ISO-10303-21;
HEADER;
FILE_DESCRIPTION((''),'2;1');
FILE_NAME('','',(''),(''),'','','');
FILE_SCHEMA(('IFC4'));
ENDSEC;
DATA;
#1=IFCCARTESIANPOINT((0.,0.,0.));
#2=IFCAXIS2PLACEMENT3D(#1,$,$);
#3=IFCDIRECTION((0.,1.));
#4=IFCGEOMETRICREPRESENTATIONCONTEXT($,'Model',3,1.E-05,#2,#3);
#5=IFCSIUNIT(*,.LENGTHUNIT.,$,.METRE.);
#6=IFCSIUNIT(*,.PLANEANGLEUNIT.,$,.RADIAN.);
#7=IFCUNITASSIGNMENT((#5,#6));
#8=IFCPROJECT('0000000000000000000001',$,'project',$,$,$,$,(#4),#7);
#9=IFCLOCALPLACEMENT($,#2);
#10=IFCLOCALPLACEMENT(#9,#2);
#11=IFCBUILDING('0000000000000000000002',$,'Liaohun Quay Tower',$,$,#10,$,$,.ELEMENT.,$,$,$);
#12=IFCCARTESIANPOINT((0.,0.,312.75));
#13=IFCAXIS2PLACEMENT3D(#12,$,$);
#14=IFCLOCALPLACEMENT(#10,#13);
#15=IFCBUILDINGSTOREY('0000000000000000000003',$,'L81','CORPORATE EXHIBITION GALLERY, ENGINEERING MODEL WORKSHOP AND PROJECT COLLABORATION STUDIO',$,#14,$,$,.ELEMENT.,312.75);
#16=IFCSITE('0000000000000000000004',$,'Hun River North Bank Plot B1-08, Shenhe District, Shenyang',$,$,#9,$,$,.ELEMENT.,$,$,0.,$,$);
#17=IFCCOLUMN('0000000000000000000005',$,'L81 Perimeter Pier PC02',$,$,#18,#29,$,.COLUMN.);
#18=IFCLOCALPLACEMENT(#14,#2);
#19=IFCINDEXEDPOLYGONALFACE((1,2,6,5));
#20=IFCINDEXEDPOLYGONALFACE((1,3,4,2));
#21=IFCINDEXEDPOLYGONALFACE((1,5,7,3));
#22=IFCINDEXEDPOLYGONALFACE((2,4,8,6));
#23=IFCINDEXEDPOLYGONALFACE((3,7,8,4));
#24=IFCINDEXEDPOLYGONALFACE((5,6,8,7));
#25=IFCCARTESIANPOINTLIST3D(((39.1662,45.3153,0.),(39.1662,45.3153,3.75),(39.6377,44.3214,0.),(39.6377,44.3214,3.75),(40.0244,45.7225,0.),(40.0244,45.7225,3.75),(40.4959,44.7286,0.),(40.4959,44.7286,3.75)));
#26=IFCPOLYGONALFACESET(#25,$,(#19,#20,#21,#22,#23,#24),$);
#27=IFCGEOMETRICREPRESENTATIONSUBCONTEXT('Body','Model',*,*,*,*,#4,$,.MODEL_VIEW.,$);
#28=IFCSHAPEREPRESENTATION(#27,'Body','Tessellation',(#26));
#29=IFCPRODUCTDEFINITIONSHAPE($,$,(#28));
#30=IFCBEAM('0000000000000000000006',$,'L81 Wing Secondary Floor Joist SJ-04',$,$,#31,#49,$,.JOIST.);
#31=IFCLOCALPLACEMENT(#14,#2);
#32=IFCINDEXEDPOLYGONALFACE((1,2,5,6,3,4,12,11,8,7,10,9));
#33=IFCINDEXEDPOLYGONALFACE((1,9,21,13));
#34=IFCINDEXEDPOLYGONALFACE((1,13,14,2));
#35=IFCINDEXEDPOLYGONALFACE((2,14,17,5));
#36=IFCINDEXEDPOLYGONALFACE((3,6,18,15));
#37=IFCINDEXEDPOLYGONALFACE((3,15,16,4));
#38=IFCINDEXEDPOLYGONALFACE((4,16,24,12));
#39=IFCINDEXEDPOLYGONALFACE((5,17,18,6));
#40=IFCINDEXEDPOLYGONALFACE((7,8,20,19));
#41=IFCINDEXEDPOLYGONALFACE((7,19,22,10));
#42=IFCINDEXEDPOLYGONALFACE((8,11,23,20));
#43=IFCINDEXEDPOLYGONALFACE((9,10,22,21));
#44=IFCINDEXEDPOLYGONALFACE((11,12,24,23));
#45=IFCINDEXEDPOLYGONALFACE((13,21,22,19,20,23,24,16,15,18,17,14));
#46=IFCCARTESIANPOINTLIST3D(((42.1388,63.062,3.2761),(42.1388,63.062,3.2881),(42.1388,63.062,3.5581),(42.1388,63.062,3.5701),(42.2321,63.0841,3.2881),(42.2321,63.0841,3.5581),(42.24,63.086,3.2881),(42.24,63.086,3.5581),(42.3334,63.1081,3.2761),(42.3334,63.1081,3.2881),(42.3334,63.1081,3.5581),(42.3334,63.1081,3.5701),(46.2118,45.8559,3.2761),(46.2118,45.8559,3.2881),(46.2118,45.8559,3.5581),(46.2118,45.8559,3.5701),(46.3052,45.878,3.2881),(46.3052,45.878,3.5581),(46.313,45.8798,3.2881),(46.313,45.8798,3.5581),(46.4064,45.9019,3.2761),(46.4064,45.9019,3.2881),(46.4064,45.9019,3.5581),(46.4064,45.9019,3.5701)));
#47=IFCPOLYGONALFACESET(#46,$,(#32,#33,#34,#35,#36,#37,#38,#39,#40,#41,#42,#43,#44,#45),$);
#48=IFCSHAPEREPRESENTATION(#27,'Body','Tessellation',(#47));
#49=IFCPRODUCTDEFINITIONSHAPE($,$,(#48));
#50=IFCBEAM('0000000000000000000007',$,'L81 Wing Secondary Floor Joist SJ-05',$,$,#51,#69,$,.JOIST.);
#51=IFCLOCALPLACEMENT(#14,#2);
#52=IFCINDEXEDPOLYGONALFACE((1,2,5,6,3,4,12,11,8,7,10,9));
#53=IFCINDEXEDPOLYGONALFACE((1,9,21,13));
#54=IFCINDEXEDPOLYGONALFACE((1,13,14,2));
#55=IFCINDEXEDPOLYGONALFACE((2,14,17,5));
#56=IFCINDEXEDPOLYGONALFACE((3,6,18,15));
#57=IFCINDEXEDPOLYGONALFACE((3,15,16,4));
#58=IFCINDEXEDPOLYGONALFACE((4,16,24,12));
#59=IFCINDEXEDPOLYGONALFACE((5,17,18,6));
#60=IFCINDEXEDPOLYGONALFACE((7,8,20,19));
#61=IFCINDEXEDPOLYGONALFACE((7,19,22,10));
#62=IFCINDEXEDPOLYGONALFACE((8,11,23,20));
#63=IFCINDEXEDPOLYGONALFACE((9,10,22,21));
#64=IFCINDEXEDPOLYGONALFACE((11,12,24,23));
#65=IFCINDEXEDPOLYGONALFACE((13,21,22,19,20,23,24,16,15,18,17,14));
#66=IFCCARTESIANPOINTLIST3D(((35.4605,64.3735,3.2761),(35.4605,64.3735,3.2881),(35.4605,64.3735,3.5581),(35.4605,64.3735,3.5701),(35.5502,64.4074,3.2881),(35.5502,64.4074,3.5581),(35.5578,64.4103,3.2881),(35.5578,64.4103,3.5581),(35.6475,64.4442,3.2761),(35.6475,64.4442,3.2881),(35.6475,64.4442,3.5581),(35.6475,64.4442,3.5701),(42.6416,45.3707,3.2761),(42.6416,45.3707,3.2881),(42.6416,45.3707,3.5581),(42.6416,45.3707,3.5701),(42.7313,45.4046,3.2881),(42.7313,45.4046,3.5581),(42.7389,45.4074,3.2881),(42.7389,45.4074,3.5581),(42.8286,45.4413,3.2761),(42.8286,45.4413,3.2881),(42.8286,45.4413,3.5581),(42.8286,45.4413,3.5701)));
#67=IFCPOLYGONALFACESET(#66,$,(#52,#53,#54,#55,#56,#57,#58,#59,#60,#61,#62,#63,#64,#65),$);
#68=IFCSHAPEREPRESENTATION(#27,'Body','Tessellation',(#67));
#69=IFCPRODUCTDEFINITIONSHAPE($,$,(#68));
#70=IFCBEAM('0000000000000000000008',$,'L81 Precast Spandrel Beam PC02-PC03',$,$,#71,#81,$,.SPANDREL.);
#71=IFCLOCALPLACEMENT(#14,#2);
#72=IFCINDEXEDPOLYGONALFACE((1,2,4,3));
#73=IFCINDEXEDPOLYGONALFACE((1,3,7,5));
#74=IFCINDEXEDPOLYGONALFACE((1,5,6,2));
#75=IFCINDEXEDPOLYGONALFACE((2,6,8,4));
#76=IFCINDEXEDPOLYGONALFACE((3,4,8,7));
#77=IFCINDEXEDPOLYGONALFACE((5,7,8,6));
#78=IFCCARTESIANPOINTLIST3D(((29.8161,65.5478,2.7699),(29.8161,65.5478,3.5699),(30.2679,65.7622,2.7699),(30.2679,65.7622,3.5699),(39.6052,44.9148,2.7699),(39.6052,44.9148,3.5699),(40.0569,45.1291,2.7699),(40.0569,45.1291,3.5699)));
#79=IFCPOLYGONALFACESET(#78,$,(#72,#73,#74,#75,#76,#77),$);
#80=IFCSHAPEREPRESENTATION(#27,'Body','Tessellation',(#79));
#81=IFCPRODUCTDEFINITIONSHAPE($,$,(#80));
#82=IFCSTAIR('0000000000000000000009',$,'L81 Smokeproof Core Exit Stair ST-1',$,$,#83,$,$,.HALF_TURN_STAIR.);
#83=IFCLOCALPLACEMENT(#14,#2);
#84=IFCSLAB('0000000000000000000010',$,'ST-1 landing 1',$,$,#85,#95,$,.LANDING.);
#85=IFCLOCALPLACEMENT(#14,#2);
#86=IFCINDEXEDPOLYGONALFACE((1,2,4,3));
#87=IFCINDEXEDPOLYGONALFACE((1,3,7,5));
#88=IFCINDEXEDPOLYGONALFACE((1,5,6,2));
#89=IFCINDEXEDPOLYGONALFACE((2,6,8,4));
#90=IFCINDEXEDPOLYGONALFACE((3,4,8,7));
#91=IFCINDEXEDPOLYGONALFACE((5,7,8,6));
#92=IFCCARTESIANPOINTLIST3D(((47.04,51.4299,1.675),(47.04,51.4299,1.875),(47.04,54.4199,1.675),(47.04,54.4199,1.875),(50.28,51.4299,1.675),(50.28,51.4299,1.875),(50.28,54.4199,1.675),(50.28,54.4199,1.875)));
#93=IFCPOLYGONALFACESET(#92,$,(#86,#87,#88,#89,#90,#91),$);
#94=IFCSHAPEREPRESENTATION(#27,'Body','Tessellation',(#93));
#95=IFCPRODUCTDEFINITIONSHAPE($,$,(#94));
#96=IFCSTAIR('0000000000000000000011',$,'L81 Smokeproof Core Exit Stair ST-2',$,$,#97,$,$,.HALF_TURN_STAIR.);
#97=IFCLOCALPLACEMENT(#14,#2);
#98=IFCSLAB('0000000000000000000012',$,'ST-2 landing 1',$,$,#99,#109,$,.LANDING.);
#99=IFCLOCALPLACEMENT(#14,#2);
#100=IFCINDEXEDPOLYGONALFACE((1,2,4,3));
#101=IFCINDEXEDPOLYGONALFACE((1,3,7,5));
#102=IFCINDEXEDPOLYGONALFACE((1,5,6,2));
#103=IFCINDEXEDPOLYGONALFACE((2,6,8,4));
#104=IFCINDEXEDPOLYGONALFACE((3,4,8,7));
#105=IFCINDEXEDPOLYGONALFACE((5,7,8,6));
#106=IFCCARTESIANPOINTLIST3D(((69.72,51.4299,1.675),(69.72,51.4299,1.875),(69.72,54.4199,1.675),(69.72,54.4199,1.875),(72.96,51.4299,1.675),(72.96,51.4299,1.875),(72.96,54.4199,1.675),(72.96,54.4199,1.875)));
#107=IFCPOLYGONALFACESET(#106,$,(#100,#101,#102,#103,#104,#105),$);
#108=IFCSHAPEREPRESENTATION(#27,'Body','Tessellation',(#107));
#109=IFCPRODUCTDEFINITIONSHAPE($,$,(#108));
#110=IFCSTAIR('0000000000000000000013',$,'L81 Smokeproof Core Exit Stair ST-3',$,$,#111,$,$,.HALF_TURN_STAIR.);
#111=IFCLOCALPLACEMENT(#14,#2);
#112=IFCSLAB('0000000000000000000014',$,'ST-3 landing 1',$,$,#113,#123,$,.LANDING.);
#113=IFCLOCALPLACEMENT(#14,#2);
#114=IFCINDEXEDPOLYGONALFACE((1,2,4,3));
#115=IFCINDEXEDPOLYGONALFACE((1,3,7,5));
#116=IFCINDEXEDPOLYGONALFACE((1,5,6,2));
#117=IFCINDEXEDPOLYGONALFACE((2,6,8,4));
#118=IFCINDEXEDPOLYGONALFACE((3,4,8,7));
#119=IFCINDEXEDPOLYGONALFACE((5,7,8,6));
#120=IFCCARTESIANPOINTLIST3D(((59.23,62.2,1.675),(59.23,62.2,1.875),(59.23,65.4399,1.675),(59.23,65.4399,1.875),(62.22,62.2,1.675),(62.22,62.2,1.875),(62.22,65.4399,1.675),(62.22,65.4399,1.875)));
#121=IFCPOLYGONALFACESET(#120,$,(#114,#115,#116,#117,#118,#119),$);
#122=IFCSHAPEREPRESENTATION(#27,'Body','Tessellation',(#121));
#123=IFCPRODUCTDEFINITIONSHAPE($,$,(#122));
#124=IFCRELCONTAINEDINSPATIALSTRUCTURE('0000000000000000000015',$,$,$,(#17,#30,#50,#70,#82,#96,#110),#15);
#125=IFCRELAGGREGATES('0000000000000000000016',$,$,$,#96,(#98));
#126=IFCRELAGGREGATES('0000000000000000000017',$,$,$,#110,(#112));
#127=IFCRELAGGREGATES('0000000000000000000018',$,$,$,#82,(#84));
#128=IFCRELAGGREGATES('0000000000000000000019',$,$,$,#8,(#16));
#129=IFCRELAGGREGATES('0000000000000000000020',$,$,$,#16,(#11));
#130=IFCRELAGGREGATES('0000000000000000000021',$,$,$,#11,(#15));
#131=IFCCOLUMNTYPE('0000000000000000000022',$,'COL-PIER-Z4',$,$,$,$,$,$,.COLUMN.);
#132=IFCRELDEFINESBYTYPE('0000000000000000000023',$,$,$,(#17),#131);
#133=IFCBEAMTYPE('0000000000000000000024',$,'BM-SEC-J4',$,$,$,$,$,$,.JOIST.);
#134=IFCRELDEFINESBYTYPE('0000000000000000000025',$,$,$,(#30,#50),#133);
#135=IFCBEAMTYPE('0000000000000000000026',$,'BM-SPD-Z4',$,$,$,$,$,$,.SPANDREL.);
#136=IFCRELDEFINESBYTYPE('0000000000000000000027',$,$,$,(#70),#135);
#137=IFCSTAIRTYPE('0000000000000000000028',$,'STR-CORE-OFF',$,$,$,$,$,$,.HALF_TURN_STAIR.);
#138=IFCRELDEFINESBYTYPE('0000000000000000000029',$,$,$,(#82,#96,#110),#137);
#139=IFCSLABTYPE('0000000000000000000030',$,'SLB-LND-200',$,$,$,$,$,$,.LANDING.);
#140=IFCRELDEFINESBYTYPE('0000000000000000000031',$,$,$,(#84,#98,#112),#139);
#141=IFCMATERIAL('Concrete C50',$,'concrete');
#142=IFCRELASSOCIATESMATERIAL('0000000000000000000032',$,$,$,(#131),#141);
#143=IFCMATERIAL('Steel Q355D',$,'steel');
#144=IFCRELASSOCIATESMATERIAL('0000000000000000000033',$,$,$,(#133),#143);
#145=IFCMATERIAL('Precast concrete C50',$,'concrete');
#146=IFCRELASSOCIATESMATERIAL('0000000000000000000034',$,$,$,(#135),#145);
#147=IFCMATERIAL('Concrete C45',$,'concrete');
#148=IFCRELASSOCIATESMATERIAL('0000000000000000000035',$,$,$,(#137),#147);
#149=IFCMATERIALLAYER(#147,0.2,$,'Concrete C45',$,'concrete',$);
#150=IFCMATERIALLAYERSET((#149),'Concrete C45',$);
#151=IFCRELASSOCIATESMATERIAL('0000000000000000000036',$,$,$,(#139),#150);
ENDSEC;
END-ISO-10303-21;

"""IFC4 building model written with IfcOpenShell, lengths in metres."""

from ifc_helpers import new_model, si_unit, direction, frame, origin, origin_2d, place, context, subcontext, project, spatial, polyline, rectangle, i_section, outline, extrude, source, transform, mapped, material, layer, layer_set, material_profile, profile_set, type_object, element, aggregate, save


model = new_model("IFC4")

# Units and contexts
model_context = context("Model", 3, precision=1e-05, world=origin(), true_north=direction((0.0, 1.0)))
body_context = subcontext(model_context, "Body", "Model", "MODEL_VIEW")
ifc_project = project(units=[si_unit("LENGTHUNIT", "METRE"), si_unit("PLANEANGLEUNIT", "RADIAN")], contexts=[model_context])

# Site, building, storey
site_placement = place(None, origin())
site = spatial("IfcSite", under=ifc_project, at=site_placement, Name="Hun River North Bank Plot B1-08, Shenhe District, Shenyang", CompositionType="ELEMENT", RefElevation=0.0)
building_placement = place(site_placement, origin())
building = spatial("IfcBuilding", under=site, at=building_placement, Name="Liaohun Quay Tower", CompositionType="ELEMENT")
storey_placement = place(building_placement, frame((0.0, 0.0, 312.75)))
storey = spatial("IfcBuildingStorey", under=building, at=storey_placement, Name="L81", Description="CORPORATE EXHIBITION GALLERY, ENGINEERING MODEL WORKSHOP AND PROJECT COLLABORATION STUDIO", CompositionType="ELEMENT", Elevation=312.75)

# Column
ifc_material_1 = material(Name="Concrete C50", Category="concrete")
ifc_material_profile_1 = material_profile(ifc_material_1, rectangle(XDim=1.1001, YDim=0.95, at=origin_2d()), Name="RC1100x950")
ifc_profile_set_1 = profile_set([ifc_material_profile_1], Name="Concrete C50")
column_type = type_object("IfcColumnType", Name="COL-PIER-Z4", PredefinedType="COLUMN", material=ifc_profile_set_1)
shared_shape_1 = source(origin(), body_context, "Body", "SweptSolid", [
    extrude(rectangle(XDim=1.1001, YDim=0.95, at=origin_2d()), origin(), (0.0, 0.0, 1.0), 3.75),
])
column_placement = place(storey_placement, frame((39.8311, 45.022, 0.0), z_axis=(0.0, 0.0, 1.0), x_axis=(-0.42862, 0.903485, 0.0)))
element("IfcColumn", 1, at=column_placement, inside=storey, type_object=column_type, Name="L81 Perimeter Pier PC02", PredefinedType="COLUMN", context=body_context, shape_type="MappedRepresentation", body=[
    mapped(shared_shape_1, transform((0.0, 0.0, 0.0), x_axis=(1.0, 0.0, 0.0), y_axis=(0.0, 1.0, 0.0), z_axis=(0.0, 0.0, 1.0), scale=1.0)),
])

# Beams
ifc_material_2 = material(Name="Steel Q355D", Category="steel")
ifc_material_profile_2 = material_profile(ifc_material_2, i_section(OverallWidth=0.2, OverallDepth=0.2939, WebThickness=0.0081, FlangeThickness=0.012, at=origin_2d()), Name="HM294x200x8x12")
ifc_profile_set_2 = profile_set([ifc_material_profile_2], Name="Steel Q355D")
beam_type_1 = type_object("IfcBeamType", Name="BM-SEC-J4", PredefinedType="JOIST", material=ifc_profile_set_2)
shared_shape_2 = source(origin(), body_context, "Body", "SweptSolid", [
    extrude(i_section(OverallWidth=0.2, OverallDepth=0.2939, WebThickness=0.0081, FlangeThickness=0.012, at=origin_2d()), origin(), (0.0, 0.0, 1.0), 17.6816),
])
beam_1_placement = place(storey_placement, frame((46.3091, 45.8789, 3.4231), z_axis=(-0.230353, 0.973107, 0.0), x_axis=(-0.973107, -0.230353, 0.0)))
element("IfcBeam", 2, at=beam_1_placement, inside=storey, type_object=beam_type_1, Name="L81 Wing Secondary Floor Joist SJ-04", PredefinedType="JOIST", context=body_context, shape_type="MappedRepresentation", body=[
    mapped(shared_shape_2, transform((0.0, 0.0, 0.0), x_axis=(1.0, 0.0, 0.0), y_axis=(0.0, 1.0, 0.0), z_axis=(0.0, 0.0, 1.0), scale=1.0)),
])
shared_shape_3 = source(origin(), body_context, "Body", "SweptSolid", [
    extrude(i_section(OverallWidth=0.2, OverallDepth=0.2939, WebThickness=0.0081, FlangeThickness=0.012, at=origin_2d()), origin(), (0.0, 0.0, 1.0), 20.3145),
])
beam_2_placement = place(storey_placement, frame((42.7351, 45.406, 3.4231), z_axis=(-0.353498, 0.935435, 0.0), x_axis=(-0.935435, -0.353498, 0.0)))
element("IfcBeam", 3, at=beam_2_placement, inside=storey, type_object=beam_type_1, Name="L81 Wing Secondary Floor Joist SJ-05", PredefinedType="JOIST", context=body_context, shape_type="MappedRepresentation", body=[
    mapped(shared_shape_3, transform((0.0, 0.0, 0.0), x_axis=(1.0, 0.0, 0.0), y_axis=(0.0, 1.0, 0.0), z_axis=(0.0, 0.0, 1.0), scale=1.0)),
])
ifc_material_3 = material(Name="Precast concrete C50", Category="concrete")
ifc_material_profile_3 = material_profile(ifc_material_3, rectangle(XDim=0.5, YDim=0.8, at=origin_2d()), Name="RC500x800")
ifc_profile_set_3 = profile_set([ifc_material_profile_3], Name="Precast concrete C50")
beam_type_2 = type_object("IfcBeamType", Name="BM-SPD-Z4", PredefinedType="SPANDREL", material=ifc_profile_set_3)
shared_shape_4 = source(origin(), body_context, "Body", "SweptSolid", [
    extrude(rectangle(XDim=0.5, YDim=0.8, at=origin_2d()), origin(), (0.0, 0.0, 1.0), 22.8374),
])
beam_3_placement = place(storey_placement, frame((39.8311, 45.022, 3.1699), z_axis=(-0.428641, 0.903475, 0.0), x_axis=(-0.903475, -0.428641, 0.0)))
element("IfcBeam", 4, at=beam_3_placement, inside=storey, type_object=beam_type_2, Name="L81 Precast Spandrel Beam PC02-PC03", PredefinedType="SPANDREL", context=body_context, shape_type="MappedRepresentation", body=[
    mapped(shared_shape_4, transform((0.0, 0.0, 0.0), x_axis=(1.0, 0.0, 0.0), y_axis=(0.0, 1.0, 0.0), z_axis=(0.0, 0.0, 1.0), scale=1.0)),
])

# Stairs, slabs
ifc_material_4 = material(Name="Concrete C45", Category="concrete")
stair_type = type_object("IfcStairType", Name="STR-CORE-OFF", PredefinedType="HALF_TURN_STAIR", material=ifc_material_4)
stair_1_placement = place(storey_placement, origin())
stair_1 = element("IfcStair", 5, at=stair_1_placement, inside=storey, type_object=stair_type, Name="L81 Smokeproof Core Exit Stair ST-1", PredefinedType="HALF_TURN_STAIR")
ifc_layer_1 = layer(ifc_material_4, 0.2, Name="Concrete C45", Category="concrete")
ifc_layer_set_1 = layer_set([ifc_layer_1], Name="Concrete C45")
slab_type_1 = type_object("IfcSlabType", Name="SLB-LND-200", PredefinedType="LANDING", material=ifc_layer_set_1)
slab_1_placement = place(storey_placement, frame((0.0, 0.0, 1.675)))
slab_1 = element("IfcSlab", 6, at=slab_1_placement, type_object=slab_type_1, Name="ST-1 landing 1", PredefinedType="LANDING", context=body_context, shape_type="SweptSolid", body=[
    extrude(outline(polyline([(50.28, 51.4299), (50.28, 54.4199), (47.04, 54.4199), (47.04, 51.4299), (50.28, 51.4299)])), origin(), (0.0, 0.0, 1.0), 0.2),
])
stair_2_placement = place(storey_placement, origin())
stair_2 = element("IfcStair", 7, at=stair_2_placement, inside=storey, type_object=stair_type, Name="L81 Smokeproof Core Exit Stair ST-2", PredefinedType="HALF_TURN_STAIR")
slab_2_placement = place(storey_placement, frame((0.0, 0.0, 1.675)))
slab_2 = element("IfcSlab", 8, at=slab_2_placement, type_object=slab_type_1, Name="ST-2 landing 1", PredefinedType="LANDING", context=body_context, shape_type="SweptSolid", body=[
    extrude(outline(polyline([(72.96, 51.4299), (72.96, 54.4199), (69.72, 54.4199), (69.72, 51.4299), (72.96, 51.4299)])), origin(), (0.0, 0.0, 1.0), 0.2),
])
aggregate(stair_2, [slab_2])
stair_3_placement = place(storey_placement, origin())
stair_3 = element("IfcStair", 9, at=stair_3_placement, inside=storey, type_object=stair_type, Name="L81 Smokeproof Core Exit Stair ST-3", PredefinedType="HALF_TURN_STAIR")
slab_3_placement = place(storey_placement, frame((0.0, 0.0, 1.675)))
slab_3 = element("IfcSlab", 10, at=slab_3_placement, type_object=slab_type_1, Name="ST-3 landing 1", PredefinedType="LANDING", context=body_context, shape_type="SweptSolid", body=[
    extrude(outline(polyline([(59.23, 62.2), (62.22, 62.2), (62.22, 65.4399), (59.23, 65.4399), (59.23, 62.2)])), origin(), (0.0, 0.0, 1.0), 0.2),
])
aggregate(stair_3, [slab_3])

aggregate(stair_1, [slab_1])

save(model, "model.ifc")
